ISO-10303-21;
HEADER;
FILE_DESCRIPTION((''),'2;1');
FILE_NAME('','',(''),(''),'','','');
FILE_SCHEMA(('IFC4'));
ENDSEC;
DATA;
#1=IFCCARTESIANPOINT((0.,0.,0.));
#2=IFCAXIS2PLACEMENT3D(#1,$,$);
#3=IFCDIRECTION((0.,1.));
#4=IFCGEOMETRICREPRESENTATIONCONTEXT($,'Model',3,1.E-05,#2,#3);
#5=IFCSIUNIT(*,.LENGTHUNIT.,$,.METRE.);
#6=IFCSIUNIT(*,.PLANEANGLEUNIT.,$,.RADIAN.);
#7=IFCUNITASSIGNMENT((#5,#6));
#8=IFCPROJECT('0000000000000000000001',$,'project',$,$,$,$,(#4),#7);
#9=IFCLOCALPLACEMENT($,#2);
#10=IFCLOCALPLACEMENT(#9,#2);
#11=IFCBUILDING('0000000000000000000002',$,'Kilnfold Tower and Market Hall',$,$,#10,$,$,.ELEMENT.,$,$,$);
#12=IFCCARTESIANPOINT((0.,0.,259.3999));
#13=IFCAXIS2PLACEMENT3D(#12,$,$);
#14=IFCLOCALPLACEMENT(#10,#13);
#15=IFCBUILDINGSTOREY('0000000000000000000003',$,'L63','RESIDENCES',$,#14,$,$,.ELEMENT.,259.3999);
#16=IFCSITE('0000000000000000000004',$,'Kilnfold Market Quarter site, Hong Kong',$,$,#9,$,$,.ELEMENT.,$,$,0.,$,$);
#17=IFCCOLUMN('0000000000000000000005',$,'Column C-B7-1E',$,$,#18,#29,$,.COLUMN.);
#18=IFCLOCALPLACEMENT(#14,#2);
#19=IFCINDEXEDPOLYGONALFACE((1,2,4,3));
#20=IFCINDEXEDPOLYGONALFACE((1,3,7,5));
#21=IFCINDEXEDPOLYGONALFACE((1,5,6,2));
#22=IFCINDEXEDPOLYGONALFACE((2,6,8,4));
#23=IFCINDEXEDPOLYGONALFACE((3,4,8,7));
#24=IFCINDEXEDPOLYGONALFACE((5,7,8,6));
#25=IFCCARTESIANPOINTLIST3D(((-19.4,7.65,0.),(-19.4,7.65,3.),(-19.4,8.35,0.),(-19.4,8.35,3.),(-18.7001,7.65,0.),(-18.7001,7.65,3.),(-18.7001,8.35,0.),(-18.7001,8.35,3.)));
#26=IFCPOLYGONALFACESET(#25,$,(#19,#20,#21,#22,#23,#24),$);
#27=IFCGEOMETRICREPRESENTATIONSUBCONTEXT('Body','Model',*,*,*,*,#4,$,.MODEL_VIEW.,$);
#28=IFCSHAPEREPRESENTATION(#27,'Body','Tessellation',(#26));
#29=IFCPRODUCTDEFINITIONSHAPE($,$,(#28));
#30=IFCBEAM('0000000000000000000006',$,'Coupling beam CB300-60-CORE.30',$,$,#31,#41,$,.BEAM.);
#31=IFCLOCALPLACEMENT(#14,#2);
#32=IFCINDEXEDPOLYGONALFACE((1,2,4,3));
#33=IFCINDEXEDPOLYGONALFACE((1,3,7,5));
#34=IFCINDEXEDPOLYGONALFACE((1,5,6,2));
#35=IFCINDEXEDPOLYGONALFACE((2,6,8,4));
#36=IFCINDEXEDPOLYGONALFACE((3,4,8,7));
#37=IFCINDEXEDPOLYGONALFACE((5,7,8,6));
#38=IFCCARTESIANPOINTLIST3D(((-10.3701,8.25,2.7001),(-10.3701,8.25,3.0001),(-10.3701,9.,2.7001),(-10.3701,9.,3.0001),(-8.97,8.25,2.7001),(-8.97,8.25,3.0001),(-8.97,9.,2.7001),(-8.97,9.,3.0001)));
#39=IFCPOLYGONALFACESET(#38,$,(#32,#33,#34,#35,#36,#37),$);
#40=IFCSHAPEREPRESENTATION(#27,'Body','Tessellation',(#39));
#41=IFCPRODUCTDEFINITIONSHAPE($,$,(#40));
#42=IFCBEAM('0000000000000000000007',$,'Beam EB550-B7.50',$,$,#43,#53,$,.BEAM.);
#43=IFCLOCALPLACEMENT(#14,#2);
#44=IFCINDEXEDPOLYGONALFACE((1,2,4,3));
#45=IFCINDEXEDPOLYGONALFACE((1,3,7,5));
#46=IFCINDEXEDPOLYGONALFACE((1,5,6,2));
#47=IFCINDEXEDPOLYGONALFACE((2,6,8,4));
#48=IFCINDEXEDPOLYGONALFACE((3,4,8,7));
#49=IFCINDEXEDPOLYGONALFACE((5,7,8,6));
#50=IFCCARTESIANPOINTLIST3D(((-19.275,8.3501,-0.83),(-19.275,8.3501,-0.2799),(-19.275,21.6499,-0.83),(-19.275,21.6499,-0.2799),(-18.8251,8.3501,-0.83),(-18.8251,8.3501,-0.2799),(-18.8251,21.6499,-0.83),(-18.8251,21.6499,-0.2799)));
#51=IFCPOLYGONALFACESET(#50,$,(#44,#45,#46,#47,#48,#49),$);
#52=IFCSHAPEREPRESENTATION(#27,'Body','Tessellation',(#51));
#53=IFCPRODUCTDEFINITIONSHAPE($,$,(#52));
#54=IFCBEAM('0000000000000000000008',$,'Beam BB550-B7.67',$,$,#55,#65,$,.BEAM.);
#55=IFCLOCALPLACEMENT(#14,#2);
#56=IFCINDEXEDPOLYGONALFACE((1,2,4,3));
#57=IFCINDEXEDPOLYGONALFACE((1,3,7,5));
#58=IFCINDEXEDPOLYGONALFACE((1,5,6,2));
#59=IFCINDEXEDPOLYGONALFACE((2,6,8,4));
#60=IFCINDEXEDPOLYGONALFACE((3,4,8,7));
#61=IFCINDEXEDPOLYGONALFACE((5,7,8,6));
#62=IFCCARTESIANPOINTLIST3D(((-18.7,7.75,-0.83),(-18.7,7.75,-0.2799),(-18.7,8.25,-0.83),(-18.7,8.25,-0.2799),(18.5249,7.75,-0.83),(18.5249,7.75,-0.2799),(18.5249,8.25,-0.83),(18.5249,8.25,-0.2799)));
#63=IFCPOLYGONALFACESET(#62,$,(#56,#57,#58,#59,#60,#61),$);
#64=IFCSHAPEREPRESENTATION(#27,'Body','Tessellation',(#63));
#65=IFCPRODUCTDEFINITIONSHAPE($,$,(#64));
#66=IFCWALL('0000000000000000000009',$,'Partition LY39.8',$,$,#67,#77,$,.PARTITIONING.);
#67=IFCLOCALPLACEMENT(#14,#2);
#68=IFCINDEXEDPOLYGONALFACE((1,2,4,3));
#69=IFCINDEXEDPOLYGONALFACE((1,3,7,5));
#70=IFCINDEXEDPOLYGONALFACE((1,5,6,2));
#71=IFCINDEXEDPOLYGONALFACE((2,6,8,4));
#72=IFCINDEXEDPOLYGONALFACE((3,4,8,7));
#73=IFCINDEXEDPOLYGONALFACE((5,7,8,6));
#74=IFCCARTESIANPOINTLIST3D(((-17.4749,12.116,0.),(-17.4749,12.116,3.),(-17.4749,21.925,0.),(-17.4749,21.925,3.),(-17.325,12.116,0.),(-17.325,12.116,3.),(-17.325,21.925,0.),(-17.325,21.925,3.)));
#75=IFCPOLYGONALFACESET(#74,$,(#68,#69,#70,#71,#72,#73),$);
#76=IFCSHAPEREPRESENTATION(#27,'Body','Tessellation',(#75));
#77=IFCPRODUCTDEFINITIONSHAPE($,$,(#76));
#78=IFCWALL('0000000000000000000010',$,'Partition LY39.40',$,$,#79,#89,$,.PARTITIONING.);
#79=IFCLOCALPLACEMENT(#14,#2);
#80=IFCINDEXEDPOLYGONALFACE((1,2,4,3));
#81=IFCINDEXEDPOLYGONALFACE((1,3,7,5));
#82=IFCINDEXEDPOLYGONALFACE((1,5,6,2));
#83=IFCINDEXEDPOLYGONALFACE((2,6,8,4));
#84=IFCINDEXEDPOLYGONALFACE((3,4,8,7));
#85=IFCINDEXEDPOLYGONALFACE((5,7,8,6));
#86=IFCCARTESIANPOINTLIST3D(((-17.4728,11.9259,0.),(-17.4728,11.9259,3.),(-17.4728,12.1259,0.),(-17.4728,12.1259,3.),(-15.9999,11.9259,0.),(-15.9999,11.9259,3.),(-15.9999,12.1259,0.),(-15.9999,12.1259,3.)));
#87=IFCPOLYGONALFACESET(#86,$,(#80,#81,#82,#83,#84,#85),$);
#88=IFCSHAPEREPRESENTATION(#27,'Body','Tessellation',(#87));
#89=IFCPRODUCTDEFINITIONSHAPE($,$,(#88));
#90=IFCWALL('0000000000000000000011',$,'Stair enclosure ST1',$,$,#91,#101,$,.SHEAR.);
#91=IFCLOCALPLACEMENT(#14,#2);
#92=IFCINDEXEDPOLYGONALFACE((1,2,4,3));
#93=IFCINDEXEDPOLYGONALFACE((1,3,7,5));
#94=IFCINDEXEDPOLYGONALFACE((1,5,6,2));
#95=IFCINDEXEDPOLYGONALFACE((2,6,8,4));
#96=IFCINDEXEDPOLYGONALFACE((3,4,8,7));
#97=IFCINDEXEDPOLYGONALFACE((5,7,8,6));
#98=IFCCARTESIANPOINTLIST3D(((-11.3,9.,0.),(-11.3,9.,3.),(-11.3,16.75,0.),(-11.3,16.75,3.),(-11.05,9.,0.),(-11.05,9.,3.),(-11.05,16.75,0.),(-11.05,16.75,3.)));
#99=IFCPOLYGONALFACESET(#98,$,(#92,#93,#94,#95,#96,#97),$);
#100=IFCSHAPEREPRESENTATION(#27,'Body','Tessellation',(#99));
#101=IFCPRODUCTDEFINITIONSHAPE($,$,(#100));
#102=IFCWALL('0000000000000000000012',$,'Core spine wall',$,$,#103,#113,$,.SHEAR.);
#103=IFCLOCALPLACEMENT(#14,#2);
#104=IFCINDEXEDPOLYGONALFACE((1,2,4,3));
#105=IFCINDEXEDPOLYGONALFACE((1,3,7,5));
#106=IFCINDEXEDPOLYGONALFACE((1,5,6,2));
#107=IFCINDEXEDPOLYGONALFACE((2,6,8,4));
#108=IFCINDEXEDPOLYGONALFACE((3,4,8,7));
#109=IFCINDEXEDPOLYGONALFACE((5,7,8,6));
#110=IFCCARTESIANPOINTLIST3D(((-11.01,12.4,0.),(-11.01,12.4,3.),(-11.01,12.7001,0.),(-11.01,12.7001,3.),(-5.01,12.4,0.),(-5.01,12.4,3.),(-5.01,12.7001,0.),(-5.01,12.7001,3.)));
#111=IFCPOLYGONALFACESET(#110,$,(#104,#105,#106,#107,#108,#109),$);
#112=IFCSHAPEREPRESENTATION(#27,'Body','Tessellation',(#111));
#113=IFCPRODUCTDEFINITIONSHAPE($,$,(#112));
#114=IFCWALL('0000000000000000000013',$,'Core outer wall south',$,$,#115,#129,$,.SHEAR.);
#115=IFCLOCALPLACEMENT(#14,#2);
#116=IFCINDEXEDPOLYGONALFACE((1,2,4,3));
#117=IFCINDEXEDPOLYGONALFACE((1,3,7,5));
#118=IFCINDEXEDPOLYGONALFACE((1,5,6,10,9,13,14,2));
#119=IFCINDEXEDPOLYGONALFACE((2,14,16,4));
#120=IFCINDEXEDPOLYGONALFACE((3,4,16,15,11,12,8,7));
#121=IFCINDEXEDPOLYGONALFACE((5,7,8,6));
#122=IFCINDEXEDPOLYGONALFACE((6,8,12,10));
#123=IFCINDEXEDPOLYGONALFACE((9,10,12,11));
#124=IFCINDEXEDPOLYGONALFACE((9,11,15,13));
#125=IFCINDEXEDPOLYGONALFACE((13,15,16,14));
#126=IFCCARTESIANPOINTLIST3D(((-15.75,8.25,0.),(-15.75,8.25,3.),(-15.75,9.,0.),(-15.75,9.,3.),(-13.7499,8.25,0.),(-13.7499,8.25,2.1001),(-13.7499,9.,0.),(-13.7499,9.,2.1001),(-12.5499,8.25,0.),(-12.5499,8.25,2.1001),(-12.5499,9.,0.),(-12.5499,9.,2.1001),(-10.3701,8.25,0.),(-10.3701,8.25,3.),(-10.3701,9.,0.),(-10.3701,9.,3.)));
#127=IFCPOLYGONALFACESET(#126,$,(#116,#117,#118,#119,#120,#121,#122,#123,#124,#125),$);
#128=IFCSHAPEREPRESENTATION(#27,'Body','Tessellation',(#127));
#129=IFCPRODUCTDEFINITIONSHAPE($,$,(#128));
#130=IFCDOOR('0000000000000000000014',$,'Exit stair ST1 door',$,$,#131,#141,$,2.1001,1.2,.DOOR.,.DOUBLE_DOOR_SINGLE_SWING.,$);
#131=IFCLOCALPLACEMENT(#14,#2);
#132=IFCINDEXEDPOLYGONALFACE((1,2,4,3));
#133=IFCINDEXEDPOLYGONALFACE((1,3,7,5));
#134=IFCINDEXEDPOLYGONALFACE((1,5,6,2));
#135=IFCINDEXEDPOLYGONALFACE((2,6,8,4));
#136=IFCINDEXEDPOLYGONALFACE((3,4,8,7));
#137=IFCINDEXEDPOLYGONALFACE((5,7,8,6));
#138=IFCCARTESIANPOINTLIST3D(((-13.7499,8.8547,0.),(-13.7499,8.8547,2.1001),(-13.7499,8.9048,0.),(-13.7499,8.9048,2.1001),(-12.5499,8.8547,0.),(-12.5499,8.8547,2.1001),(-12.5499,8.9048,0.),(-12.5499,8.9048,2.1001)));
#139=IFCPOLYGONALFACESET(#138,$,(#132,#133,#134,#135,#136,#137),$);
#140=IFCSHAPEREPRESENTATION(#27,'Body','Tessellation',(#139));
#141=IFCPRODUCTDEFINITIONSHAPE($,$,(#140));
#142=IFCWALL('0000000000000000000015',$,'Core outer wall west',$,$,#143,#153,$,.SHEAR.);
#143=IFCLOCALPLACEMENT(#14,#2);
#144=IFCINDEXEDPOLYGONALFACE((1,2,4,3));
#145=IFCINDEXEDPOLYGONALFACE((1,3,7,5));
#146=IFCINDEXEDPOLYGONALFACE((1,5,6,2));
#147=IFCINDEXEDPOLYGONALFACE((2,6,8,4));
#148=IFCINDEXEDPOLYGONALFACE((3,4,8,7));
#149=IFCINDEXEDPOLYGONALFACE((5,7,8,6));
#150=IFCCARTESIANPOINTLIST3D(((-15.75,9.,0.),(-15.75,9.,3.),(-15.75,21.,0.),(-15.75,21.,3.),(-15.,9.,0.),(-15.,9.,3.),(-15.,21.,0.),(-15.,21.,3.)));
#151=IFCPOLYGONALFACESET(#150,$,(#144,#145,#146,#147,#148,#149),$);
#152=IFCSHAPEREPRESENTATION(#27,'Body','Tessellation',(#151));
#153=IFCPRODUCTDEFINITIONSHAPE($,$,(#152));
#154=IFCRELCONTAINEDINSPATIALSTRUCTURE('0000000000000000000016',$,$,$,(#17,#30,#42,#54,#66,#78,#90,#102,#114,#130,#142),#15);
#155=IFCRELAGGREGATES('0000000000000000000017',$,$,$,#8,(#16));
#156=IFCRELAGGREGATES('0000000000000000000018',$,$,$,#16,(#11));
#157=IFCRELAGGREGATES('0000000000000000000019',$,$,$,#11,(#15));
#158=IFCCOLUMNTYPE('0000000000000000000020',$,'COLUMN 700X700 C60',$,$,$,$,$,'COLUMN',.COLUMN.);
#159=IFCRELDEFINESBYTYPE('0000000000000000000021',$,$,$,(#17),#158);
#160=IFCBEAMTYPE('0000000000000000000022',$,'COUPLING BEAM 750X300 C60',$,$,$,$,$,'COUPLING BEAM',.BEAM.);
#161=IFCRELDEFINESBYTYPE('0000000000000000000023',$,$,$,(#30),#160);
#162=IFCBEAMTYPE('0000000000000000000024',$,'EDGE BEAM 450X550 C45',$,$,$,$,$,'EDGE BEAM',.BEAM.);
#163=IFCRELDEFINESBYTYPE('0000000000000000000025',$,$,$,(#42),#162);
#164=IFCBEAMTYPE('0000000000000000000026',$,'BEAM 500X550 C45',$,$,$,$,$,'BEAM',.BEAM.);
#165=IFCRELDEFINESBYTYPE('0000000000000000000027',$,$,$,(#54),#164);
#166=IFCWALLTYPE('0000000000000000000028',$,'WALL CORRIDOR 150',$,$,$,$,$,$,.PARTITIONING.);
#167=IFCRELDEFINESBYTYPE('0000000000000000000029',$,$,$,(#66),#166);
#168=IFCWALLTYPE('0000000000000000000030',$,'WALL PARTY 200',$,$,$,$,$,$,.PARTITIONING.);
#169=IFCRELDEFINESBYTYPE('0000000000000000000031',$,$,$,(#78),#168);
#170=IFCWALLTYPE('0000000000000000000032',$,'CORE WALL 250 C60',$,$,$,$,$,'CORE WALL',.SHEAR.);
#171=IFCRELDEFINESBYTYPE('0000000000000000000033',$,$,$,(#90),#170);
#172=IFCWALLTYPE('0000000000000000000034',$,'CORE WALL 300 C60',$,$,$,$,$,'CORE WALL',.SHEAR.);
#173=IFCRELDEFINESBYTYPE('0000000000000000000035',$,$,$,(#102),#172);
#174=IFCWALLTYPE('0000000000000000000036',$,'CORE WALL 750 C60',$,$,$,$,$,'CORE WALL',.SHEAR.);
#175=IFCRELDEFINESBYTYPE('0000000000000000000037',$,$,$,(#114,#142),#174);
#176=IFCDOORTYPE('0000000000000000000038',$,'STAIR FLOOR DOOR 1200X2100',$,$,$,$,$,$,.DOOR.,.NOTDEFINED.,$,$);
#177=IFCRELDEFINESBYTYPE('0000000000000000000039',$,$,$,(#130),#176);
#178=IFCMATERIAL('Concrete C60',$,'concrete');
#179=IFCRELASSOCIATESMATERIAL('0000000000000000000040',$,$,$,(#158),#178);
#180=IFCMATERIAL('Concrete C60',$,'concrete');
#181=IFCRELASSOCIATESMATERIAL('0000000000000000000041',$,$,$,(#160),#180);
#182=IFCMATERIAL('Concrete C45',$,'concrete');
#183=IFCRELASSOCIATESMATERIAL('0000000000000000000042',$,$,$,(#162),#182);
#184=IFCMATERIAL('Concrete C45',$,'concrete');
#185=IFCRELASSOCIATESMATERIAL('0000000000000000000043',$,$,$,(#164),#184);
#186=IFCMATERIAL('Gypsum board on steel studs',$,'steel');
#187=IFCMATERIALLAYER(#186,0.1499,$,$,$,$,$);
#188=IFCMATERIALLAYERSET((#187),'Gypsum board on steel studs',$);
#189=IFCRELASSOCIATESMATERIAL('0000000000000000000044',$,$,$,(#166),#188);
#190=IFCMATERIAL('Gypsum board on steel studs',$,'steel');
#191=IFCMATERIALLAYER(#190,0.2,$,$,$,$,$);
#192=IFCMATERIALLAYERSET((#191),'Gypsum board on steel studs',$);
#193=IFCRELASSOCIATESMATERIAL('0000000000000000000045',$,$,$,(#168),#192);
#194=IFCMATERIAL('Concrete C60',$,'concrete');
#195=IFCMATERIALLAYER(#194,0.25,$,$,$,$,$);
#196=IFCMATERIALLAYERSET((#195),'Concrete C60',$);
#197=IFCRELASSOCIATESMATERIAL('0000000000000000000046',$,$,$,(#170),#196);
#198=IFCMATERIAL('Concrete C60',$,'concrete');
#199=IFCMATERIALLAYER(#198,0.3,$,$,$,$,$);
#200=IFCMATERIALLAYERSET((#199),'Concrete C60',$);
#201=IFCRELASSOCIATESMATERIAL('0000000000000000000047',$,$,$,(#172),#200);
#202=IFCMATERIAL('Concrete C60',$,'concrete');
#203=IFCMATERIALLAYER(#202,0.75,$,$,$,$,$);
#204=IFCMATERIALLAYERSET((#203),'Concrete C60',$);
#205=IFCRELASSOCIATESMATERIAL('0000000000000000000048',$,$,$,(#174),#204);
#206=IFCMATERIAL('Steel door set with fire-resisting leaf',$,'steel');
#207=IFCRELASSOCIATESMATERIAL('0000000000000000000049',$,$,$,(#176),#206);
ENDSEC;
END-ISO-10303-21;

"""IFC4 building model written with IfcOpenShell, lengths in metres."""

from ifc_helpers import new_model, si_unit, direction, frame, frame_2d, origin, origin_2d, place, context, subcontext, project, spatial, rectangle, extrude, source, transform, mapped, material, layer, layer_set, material_profile, profile_set, type_object, element, fill, save


model = new_model("IFC4")

# Units and contexts
model_context = context("Model", 3, precision=1e-05, world=origin(), true_north=direction((0.0, 1.0)))
body_context = subcontext(model_context, "Body", "Model", "MODEL_VIEW")
ifc_project = project(units=[si_unit("LENGTHUNIT", "METRE"), si_unit("PLANEANGLEUNIT", "RADIAN")], contexts=[model_context])

# Site, building, storey
site_placement = place(None, origin())
site = spatial("IfcSite", under=ifc_project, at=site_placement, Name="Kilnfold Market Quarter site, Hong Kong", CompositionType="ELEMENT", RefElevation=0.0)
building_placement = place(site_placement, origin())
building = spatial("IfcBuilding", under=site, at=building_placement, Name="Kilnfold Tower and Market Hall", CompositionType="ELEMENT")
storey_placement = place(building_placement, frame((0.0, 0.0, 259.3999)))
storey = spatial("IfcBuildingStorey", under=building, at=storey_placement, Name="L63", Description="RESIDENCES", CompositionType="ELEMENT", Elevation=259.3999)

# Column
ifc_material_1 = material(Name="Concrete C60", Category="concrete")
ifc_material_profile_1 = material_profile(ifc_material_1, rectangle(XDim=0.7, YDim=0.7, at=origin_2d()), Name="RC 700x700")
ifc_profile_set_1 = profile_set([ifc_material_profile_1], Name="Concrete C60")
column_type = type_object("IfcColumnType", Name="COLUMN 700X700 C60", ElementType="COLUMN", PredefinedType="COLUMN", material=ifc_profile_set_1)
shared_shape_1 = source(origin(), body_context, "Body", "SweptSolid", [
    extrude(rectangle(XDim=0.7, YDim=0.7, at=origin_2d()), origin(), (0.0, 0.0, 1.0), 3.0),
])
column_placement = place(storey_placement, frame((-19.05, 8.0, 0.0), z_axis=(0.0, 0.0, 1.0), x_axis=(1.0, 0.0, 0.0)))
element("IfcColumn", 1, at=column_placement, inside=storey, type_object=column_type, Name="Column C-B7-1E", PredefinedType="COLUMN", context=body_context, shape_type="MappedRepresentation", body=[
    mapped(shared_shape_1, transform((0.0, 0.0, 0.0))),
])

# Beams
ifc_material_2 = material(Name="Concrete C60", Category="concrete")
ifc_material_profile_2 = material_profile(ifc_material_2, rectangle(XDim=0.75, YDim=0.3, at=origin_2d()), Name="RC 750x300")
ifc_profile_set_2 = profile_set([ifc_material_profile_2], Name="Concrete C60")
beam_type_1 = type_object("IfcBeamType", Name="COUPLING BEAM 750X300 C60", ElementType="COUPLING BEAM", PredefinedType="BEAM", material=ifc_profile_set_2)
shared_shape_2 = source(origin(), body_context, "Body", "SweptSolid", [
    extrude(rectangle(XDim=0.75, YDim=0.3, at=origin_2d()), origin(), (0.0, 0.0, 1.0), 1.4001),
])
beam_1_placement = place(storey_placement, frame((-10.3701, 8.625, 2.8501), z_axis=(1.0, 0.0, 0.0), x_axis=(0.0, 1.0, 0.0)))
element("IfcBeam", 2, at=beam_1_placement, inside=storey, type_object=beam_type_1, Name="Coupling beam CB300-60-CORE.30", PredefinedType="BEAM", context=body_context, shape_type="MappedRepresentation", body=[
    mapped(shared_shape_2, transform((0.0, 0.0, 0.0))),
])
ifc_material_3 = material(Name="Concrete C45", Category="concrete")
ifc_material_profile_3 = material_profile(ifc_material_3, rectangle(XDim=0.45, YDim=0.55, at=origin_2d()), Name="RC 450x550")
ifc_profile_set_3 = profile_set([ifc_material_profile_3], Name="Concrete C45")
beam_type_2 = type_object("IfcBeamType", Name="EDGE BEAM 450X550 C45", ElementType="EDGE BEAM", PredefinedType="BEAM", material=ifc_profile_set_3)
shared_shape_3 = source(origin(), body_context, "Body", "SweptSolid", [
    extrude(rectangle(XDim=0.45, YDim=0.55, at=origin_2d()), origin(), (0.0, 0.0, 1.0), 13.2998),
])
beam_2_placement = place(storey_placement, frame((-19.05, 8.3501, -0.5549), z_axis=(0.0, 1.0, 0.0), x_axis=(-1.0, 0.0, 0.0)))
element("IfcBeam", 3, at=beam_2_placement, inside=storey, type_object=beam_type_2, Name="Beam EB550-B7.50", PredefinedType="BEAM", context=body_context, shape_type="MappedRepresentation", body=[
    mapped(shared_shape_3, transform((0.0, 0.0, 0.0))),
])
ifc_material_4 = material(Name="Concrete C45", Category="concrete")
ifc_material_profile_4 = material_profile(ifc_material_4, rectangle(XDim=0.5, YDim=0.55, at=origin_2d()), Name="RC 500x550")
ifc_profile_set_4 = profile_set([ifc_material_profile_4], Name="Concrete C45")
beam_type_3 = type_object("IfcBeamType", Name="BEAM 500X550 C45", ElementType="BEAM", PredefinedType="BEAM", material=ifc_profile_set_4)
shared_shape_4 = source(origin(), body_context, "Body", "SweptSolid", [
    extrude(rectangle(XDim=0.5, YDim=0.55, at=origin_2d()), origin(), (0.0, 0.0, 1.0), 37.2249),
])
beam_3_placement = place(storey_placement, frame((-18.7, 8.0, -0.5549), z_axis=(1.0, 0.0, 0.0), x_axis=(0.0, 1.0, 0.0)))
element("IfcBeam", 4, at=beam_3_placement, inside=storey, type_object=beam_type_3, Name="Beam BB550-B7.67", PredefinedType="BEAM", context=body_context, shape_type="MappedRepresentation", body=[
    mapped(shared_shape_4, transform((0.0, 0.0, 0.0))),
])

# Walls
ifc_material_5 = material(Name="Gypsum board on steel studs", Category="steel")
ifc_layer_1 = layer(ifc_material_5, 0.1499)
ifc_layer_set_1 = layer_set([ifc_layer_1], Name="Gypsum board on steel studs")
wall_type_1 = type_object("IfcWallType", Name="WALL CORRIDOR 150", PredefinedType="PARTITIONING", material=ifc_layer_set_1)
wall_1_placement = place(storey_placement, frame((-17.3999, 12.116, 0.0), z_axis=(0.0, 0.0, 1.0), x_axis=(0.0, 1.0, 0.0)))
element("IfcWall", 5, at=wall_1_placement, inside=storey, type_object=wall_type_1, Name="Partition LY39.8", PredefinedType="PARTITIONING", context=body_context, shape_type="SweptSolid", body=[
    extrude(rectangle(XDim=9.8091, YDim=0.1499, at=frame_2d((4.9045, 0.0))), origin(), (0.0, 0.0, 1.0), 3.0),
])
ifc_material_6 = material(Name="Gypsum board on steel studs", Category="steel")
ifc_layer_2 = layer(ifc_material_6, 0.2)
ifc_layer_set_2 = layer_set([ifc_layer_2], Name="Gypsum board on steel studs")
wall_type_2 = type_object("IfcWallType", Name="WALL PARTY 200", PredefinedType="PARTITIONING", material=ifc_layer_set_2)
wall_2_placement = place(storey_placement, frame((-16.0, 12.0259, 0.0), z_axis=(0.0, 0.0, 1.0), x_axis=(-1.0, 0.0, 0.0)))
element("IfcWall", 6, at=wall_2_placement, inside=storey, type_object=wall_type_2, Name="Partition LY39.40", PredefinedType="PARTITIONING", context=body_context, shape_type="SweptSolid", body=[
    extrude(rectangle(XDim=1.4729, YDim=0.2, at=frame_2d((0.7363, 0.0))), origin(), (0.0, 0.0, 1.0), 3.0),
])
ifc_material_7 = material(Name="Concrete C60", Category="concrete")
ifc_layer_3 = layer(ifc_material_7, 0.25)
ifc_layer_set_3 = layer_set([ifc_layer_3], Name="Concrete C60")
wall_type_3 = type_object("IfcWallType", Name="CORE WALL 250 C60", ElementType="CORE WALL", PredefinedType="SHEAR", material=ifc_layer_set_3)
shared_shape_5 = source(origin(), body_context, "Body", "SweptSolid", [
    extrude(rectangle(XDim=7.75, YDim=0.25, at=frame_2d((3.875, 0.0))), origin(), (0.0, 0.0, 1.0), 3.0),
])
wall_3_placement = place(storey_placement, frame((-11.175, 9.0, 0.0), z_axis=(0.0, 0.0, 1.0), x_axis=(0.0, 1.0, 0.0)))
element("IfcWall", 7, at=wall_3_placement, inside=storey, type_object=wall_type_3, Name="Stair enclosure ST1", PredefinedType="SHEAR", context=body_context, shape_type="MappedRepresentation", body=[
    mapped(shared_shape_5, transform((0.0, 0.0, 0.0))),
])
ifc_material_8 = material(Name="Concrete C60", Category="concrete")
ifc_layer_4 = layer(ifc_material_8, 0.3)
ifc_layer_set_4 = layer_set([ifc_layer_4], Name="Concrete C60")
wall_type_4 = type_object("IfcWallType", Name="CORE WALL 300 C60", ElementType="CORE WALL", PredefinedType="SHEAR", material=ifc_layer_set_4)
shared_shape_6 = source(origin(), body_context, "Body", "SweptSolid", [
    extrude(rectangle(XDim=6.0, YDim=0.3, at=frame_2d((3.0, 0.0))), origin(), (0.0, 0.0, 1.0), 3.0),
])
wall_4_placement = place(storey_placement, frame((-11.01, 12.55, 0.0), z_axis=(0.0, 0.0, 1.0), x_axis=(1.0, 0.0, 0.0)))
element("IfcWall", 8, at=wall_4_placement, inside=storey, type_object=wall_type_4, Name="Core spine wall", PredefinedType="SHEAR", context=body_context, shape_type="MappedRepresentation", body=[
    mapped(shared_shape_6, transform((0.0, 0.0, 0.0))),
])

# Wall, opening, door
ifc_material_9 = material(Name="Concrete C60", Category="concrete")
ifc_layer_5 = layer(ifc_material_9, 0.75)
ifc_layer_set_5 = layer_set([ifc_layer_5], Name="Concrete C60")
wall_type_5 = type_object("IfcWallType", Name="CORE WALL 750 C60", ElementType="CORE WALL", PredefinedType="SHEAR", material=ifc_layer_set_5)
shared_shape_7 = source(origin(), body_context, "Body", "SweptSolid", [
    extrude(rectangle(XDim=5.3799, YDim=0.75, at=frame_2d((2.6899, 0.0))), origin(), (0.0, 0.0, 1.0), 3.0),
])
wall_5_placement = place(storey_placement, frame((-15.75, 8.625, 0.0), z_axis=(0.0, 0.0, 1.0), x_axis=(1.0, 0.0, 0.0)))
wall_5 = element("IfcWall", 9, at=wall_5_placement, inside=storey, type_object=wall_type_5, Name="Core outer wall south", PredefinedType="SHEAR", context=body_context, shape_type="MappedRepresentation", body=[
    mapped(shared_shape_7, transform((0.0, 0.0, 0.0))),
])
opening_1_placement = place(wall_5_placement, frame((2.0, 0.0, 0.0)))
opening_1 = element("IfcOpeningElement", 10, at=opening_1_placement, cuts=wall_5, PredefinedType="OPENING", context=body_context, shape_type="SweptSolid", body=[
    extrude(rectangle(XDim=1.2, YDim=2.1001, at=frame_2d((0.6001, 1.05))), frame((0.0, 0.385, 0.0), z_axis=(0.0, -1.0, 0.0), x_axis=(1.0, 0.0, 0.0)), (0.0, 0.0, 1.0), 0.77),
])
ifc_material_10 = material(Name="Steel door set with fire-resisting leaf", Category="steel")
door_type_1 = type_object("IfcDoorType", Name="STAIR FLOOR DOOR 1200X2100", OperationType="NOTDEFINED", PredefinedType="DOOR", material=ifc_material_10)
door_1_placement = place(opening_1_placement, origin())
door_1 = element("IfcDoor", 11, at=door_1_placement, inside=storey, type_object=door_type_1, Name="Exit stair ST1 door", OperationType="DOUBLE_DOOR_SINGLE_SWING", OverallHeight=2.1001, OverallWidth=1.2, PredefinedType="DOOR", context=body_context, shape_type="SweptSolid", body=[
    extrude(rectangle(XDim=1.2, YDim=2.1001, at=frame_2d((0.6001, 1.05))), frame((0.0, 0.2798, 0.0), z_axis=(0.0, -1.0, 0.0), x_axis=(1.0, 0.0, 0.0)), (0.0, 0.0, 1.0), 0.05),
])
fill(opening_1, door_1)

# Wall
shared_shape_8 = source(origin(), body_context, "Body", "SweptSolid", [
    extrude(rectangle(XDim=12.0, YDim=0.75, at=frame_2d((6.0, 0.0))), origin(), (0.0, 0.0, 1.0), 3.0),
])
wall_6_placement = place(storey_placement, frame((-15.375, 9.0, 0.0), z_axis=(0.0, 0.0, 1.0), x_axis=(0.0, 1.0, 0.0)))
element("IfcWall", 12, at=wall_6_placement, inside=storey, type_object=wall_type_5, Name="Core outer wall west", PredefinedType="SHEAR", context=body_context, shape_type="MappedRepresentation", body=[
    mapped(shared_shape_8, transform((0.0, 0.0, 0.0))),
])

save(model, "model.ifc")
